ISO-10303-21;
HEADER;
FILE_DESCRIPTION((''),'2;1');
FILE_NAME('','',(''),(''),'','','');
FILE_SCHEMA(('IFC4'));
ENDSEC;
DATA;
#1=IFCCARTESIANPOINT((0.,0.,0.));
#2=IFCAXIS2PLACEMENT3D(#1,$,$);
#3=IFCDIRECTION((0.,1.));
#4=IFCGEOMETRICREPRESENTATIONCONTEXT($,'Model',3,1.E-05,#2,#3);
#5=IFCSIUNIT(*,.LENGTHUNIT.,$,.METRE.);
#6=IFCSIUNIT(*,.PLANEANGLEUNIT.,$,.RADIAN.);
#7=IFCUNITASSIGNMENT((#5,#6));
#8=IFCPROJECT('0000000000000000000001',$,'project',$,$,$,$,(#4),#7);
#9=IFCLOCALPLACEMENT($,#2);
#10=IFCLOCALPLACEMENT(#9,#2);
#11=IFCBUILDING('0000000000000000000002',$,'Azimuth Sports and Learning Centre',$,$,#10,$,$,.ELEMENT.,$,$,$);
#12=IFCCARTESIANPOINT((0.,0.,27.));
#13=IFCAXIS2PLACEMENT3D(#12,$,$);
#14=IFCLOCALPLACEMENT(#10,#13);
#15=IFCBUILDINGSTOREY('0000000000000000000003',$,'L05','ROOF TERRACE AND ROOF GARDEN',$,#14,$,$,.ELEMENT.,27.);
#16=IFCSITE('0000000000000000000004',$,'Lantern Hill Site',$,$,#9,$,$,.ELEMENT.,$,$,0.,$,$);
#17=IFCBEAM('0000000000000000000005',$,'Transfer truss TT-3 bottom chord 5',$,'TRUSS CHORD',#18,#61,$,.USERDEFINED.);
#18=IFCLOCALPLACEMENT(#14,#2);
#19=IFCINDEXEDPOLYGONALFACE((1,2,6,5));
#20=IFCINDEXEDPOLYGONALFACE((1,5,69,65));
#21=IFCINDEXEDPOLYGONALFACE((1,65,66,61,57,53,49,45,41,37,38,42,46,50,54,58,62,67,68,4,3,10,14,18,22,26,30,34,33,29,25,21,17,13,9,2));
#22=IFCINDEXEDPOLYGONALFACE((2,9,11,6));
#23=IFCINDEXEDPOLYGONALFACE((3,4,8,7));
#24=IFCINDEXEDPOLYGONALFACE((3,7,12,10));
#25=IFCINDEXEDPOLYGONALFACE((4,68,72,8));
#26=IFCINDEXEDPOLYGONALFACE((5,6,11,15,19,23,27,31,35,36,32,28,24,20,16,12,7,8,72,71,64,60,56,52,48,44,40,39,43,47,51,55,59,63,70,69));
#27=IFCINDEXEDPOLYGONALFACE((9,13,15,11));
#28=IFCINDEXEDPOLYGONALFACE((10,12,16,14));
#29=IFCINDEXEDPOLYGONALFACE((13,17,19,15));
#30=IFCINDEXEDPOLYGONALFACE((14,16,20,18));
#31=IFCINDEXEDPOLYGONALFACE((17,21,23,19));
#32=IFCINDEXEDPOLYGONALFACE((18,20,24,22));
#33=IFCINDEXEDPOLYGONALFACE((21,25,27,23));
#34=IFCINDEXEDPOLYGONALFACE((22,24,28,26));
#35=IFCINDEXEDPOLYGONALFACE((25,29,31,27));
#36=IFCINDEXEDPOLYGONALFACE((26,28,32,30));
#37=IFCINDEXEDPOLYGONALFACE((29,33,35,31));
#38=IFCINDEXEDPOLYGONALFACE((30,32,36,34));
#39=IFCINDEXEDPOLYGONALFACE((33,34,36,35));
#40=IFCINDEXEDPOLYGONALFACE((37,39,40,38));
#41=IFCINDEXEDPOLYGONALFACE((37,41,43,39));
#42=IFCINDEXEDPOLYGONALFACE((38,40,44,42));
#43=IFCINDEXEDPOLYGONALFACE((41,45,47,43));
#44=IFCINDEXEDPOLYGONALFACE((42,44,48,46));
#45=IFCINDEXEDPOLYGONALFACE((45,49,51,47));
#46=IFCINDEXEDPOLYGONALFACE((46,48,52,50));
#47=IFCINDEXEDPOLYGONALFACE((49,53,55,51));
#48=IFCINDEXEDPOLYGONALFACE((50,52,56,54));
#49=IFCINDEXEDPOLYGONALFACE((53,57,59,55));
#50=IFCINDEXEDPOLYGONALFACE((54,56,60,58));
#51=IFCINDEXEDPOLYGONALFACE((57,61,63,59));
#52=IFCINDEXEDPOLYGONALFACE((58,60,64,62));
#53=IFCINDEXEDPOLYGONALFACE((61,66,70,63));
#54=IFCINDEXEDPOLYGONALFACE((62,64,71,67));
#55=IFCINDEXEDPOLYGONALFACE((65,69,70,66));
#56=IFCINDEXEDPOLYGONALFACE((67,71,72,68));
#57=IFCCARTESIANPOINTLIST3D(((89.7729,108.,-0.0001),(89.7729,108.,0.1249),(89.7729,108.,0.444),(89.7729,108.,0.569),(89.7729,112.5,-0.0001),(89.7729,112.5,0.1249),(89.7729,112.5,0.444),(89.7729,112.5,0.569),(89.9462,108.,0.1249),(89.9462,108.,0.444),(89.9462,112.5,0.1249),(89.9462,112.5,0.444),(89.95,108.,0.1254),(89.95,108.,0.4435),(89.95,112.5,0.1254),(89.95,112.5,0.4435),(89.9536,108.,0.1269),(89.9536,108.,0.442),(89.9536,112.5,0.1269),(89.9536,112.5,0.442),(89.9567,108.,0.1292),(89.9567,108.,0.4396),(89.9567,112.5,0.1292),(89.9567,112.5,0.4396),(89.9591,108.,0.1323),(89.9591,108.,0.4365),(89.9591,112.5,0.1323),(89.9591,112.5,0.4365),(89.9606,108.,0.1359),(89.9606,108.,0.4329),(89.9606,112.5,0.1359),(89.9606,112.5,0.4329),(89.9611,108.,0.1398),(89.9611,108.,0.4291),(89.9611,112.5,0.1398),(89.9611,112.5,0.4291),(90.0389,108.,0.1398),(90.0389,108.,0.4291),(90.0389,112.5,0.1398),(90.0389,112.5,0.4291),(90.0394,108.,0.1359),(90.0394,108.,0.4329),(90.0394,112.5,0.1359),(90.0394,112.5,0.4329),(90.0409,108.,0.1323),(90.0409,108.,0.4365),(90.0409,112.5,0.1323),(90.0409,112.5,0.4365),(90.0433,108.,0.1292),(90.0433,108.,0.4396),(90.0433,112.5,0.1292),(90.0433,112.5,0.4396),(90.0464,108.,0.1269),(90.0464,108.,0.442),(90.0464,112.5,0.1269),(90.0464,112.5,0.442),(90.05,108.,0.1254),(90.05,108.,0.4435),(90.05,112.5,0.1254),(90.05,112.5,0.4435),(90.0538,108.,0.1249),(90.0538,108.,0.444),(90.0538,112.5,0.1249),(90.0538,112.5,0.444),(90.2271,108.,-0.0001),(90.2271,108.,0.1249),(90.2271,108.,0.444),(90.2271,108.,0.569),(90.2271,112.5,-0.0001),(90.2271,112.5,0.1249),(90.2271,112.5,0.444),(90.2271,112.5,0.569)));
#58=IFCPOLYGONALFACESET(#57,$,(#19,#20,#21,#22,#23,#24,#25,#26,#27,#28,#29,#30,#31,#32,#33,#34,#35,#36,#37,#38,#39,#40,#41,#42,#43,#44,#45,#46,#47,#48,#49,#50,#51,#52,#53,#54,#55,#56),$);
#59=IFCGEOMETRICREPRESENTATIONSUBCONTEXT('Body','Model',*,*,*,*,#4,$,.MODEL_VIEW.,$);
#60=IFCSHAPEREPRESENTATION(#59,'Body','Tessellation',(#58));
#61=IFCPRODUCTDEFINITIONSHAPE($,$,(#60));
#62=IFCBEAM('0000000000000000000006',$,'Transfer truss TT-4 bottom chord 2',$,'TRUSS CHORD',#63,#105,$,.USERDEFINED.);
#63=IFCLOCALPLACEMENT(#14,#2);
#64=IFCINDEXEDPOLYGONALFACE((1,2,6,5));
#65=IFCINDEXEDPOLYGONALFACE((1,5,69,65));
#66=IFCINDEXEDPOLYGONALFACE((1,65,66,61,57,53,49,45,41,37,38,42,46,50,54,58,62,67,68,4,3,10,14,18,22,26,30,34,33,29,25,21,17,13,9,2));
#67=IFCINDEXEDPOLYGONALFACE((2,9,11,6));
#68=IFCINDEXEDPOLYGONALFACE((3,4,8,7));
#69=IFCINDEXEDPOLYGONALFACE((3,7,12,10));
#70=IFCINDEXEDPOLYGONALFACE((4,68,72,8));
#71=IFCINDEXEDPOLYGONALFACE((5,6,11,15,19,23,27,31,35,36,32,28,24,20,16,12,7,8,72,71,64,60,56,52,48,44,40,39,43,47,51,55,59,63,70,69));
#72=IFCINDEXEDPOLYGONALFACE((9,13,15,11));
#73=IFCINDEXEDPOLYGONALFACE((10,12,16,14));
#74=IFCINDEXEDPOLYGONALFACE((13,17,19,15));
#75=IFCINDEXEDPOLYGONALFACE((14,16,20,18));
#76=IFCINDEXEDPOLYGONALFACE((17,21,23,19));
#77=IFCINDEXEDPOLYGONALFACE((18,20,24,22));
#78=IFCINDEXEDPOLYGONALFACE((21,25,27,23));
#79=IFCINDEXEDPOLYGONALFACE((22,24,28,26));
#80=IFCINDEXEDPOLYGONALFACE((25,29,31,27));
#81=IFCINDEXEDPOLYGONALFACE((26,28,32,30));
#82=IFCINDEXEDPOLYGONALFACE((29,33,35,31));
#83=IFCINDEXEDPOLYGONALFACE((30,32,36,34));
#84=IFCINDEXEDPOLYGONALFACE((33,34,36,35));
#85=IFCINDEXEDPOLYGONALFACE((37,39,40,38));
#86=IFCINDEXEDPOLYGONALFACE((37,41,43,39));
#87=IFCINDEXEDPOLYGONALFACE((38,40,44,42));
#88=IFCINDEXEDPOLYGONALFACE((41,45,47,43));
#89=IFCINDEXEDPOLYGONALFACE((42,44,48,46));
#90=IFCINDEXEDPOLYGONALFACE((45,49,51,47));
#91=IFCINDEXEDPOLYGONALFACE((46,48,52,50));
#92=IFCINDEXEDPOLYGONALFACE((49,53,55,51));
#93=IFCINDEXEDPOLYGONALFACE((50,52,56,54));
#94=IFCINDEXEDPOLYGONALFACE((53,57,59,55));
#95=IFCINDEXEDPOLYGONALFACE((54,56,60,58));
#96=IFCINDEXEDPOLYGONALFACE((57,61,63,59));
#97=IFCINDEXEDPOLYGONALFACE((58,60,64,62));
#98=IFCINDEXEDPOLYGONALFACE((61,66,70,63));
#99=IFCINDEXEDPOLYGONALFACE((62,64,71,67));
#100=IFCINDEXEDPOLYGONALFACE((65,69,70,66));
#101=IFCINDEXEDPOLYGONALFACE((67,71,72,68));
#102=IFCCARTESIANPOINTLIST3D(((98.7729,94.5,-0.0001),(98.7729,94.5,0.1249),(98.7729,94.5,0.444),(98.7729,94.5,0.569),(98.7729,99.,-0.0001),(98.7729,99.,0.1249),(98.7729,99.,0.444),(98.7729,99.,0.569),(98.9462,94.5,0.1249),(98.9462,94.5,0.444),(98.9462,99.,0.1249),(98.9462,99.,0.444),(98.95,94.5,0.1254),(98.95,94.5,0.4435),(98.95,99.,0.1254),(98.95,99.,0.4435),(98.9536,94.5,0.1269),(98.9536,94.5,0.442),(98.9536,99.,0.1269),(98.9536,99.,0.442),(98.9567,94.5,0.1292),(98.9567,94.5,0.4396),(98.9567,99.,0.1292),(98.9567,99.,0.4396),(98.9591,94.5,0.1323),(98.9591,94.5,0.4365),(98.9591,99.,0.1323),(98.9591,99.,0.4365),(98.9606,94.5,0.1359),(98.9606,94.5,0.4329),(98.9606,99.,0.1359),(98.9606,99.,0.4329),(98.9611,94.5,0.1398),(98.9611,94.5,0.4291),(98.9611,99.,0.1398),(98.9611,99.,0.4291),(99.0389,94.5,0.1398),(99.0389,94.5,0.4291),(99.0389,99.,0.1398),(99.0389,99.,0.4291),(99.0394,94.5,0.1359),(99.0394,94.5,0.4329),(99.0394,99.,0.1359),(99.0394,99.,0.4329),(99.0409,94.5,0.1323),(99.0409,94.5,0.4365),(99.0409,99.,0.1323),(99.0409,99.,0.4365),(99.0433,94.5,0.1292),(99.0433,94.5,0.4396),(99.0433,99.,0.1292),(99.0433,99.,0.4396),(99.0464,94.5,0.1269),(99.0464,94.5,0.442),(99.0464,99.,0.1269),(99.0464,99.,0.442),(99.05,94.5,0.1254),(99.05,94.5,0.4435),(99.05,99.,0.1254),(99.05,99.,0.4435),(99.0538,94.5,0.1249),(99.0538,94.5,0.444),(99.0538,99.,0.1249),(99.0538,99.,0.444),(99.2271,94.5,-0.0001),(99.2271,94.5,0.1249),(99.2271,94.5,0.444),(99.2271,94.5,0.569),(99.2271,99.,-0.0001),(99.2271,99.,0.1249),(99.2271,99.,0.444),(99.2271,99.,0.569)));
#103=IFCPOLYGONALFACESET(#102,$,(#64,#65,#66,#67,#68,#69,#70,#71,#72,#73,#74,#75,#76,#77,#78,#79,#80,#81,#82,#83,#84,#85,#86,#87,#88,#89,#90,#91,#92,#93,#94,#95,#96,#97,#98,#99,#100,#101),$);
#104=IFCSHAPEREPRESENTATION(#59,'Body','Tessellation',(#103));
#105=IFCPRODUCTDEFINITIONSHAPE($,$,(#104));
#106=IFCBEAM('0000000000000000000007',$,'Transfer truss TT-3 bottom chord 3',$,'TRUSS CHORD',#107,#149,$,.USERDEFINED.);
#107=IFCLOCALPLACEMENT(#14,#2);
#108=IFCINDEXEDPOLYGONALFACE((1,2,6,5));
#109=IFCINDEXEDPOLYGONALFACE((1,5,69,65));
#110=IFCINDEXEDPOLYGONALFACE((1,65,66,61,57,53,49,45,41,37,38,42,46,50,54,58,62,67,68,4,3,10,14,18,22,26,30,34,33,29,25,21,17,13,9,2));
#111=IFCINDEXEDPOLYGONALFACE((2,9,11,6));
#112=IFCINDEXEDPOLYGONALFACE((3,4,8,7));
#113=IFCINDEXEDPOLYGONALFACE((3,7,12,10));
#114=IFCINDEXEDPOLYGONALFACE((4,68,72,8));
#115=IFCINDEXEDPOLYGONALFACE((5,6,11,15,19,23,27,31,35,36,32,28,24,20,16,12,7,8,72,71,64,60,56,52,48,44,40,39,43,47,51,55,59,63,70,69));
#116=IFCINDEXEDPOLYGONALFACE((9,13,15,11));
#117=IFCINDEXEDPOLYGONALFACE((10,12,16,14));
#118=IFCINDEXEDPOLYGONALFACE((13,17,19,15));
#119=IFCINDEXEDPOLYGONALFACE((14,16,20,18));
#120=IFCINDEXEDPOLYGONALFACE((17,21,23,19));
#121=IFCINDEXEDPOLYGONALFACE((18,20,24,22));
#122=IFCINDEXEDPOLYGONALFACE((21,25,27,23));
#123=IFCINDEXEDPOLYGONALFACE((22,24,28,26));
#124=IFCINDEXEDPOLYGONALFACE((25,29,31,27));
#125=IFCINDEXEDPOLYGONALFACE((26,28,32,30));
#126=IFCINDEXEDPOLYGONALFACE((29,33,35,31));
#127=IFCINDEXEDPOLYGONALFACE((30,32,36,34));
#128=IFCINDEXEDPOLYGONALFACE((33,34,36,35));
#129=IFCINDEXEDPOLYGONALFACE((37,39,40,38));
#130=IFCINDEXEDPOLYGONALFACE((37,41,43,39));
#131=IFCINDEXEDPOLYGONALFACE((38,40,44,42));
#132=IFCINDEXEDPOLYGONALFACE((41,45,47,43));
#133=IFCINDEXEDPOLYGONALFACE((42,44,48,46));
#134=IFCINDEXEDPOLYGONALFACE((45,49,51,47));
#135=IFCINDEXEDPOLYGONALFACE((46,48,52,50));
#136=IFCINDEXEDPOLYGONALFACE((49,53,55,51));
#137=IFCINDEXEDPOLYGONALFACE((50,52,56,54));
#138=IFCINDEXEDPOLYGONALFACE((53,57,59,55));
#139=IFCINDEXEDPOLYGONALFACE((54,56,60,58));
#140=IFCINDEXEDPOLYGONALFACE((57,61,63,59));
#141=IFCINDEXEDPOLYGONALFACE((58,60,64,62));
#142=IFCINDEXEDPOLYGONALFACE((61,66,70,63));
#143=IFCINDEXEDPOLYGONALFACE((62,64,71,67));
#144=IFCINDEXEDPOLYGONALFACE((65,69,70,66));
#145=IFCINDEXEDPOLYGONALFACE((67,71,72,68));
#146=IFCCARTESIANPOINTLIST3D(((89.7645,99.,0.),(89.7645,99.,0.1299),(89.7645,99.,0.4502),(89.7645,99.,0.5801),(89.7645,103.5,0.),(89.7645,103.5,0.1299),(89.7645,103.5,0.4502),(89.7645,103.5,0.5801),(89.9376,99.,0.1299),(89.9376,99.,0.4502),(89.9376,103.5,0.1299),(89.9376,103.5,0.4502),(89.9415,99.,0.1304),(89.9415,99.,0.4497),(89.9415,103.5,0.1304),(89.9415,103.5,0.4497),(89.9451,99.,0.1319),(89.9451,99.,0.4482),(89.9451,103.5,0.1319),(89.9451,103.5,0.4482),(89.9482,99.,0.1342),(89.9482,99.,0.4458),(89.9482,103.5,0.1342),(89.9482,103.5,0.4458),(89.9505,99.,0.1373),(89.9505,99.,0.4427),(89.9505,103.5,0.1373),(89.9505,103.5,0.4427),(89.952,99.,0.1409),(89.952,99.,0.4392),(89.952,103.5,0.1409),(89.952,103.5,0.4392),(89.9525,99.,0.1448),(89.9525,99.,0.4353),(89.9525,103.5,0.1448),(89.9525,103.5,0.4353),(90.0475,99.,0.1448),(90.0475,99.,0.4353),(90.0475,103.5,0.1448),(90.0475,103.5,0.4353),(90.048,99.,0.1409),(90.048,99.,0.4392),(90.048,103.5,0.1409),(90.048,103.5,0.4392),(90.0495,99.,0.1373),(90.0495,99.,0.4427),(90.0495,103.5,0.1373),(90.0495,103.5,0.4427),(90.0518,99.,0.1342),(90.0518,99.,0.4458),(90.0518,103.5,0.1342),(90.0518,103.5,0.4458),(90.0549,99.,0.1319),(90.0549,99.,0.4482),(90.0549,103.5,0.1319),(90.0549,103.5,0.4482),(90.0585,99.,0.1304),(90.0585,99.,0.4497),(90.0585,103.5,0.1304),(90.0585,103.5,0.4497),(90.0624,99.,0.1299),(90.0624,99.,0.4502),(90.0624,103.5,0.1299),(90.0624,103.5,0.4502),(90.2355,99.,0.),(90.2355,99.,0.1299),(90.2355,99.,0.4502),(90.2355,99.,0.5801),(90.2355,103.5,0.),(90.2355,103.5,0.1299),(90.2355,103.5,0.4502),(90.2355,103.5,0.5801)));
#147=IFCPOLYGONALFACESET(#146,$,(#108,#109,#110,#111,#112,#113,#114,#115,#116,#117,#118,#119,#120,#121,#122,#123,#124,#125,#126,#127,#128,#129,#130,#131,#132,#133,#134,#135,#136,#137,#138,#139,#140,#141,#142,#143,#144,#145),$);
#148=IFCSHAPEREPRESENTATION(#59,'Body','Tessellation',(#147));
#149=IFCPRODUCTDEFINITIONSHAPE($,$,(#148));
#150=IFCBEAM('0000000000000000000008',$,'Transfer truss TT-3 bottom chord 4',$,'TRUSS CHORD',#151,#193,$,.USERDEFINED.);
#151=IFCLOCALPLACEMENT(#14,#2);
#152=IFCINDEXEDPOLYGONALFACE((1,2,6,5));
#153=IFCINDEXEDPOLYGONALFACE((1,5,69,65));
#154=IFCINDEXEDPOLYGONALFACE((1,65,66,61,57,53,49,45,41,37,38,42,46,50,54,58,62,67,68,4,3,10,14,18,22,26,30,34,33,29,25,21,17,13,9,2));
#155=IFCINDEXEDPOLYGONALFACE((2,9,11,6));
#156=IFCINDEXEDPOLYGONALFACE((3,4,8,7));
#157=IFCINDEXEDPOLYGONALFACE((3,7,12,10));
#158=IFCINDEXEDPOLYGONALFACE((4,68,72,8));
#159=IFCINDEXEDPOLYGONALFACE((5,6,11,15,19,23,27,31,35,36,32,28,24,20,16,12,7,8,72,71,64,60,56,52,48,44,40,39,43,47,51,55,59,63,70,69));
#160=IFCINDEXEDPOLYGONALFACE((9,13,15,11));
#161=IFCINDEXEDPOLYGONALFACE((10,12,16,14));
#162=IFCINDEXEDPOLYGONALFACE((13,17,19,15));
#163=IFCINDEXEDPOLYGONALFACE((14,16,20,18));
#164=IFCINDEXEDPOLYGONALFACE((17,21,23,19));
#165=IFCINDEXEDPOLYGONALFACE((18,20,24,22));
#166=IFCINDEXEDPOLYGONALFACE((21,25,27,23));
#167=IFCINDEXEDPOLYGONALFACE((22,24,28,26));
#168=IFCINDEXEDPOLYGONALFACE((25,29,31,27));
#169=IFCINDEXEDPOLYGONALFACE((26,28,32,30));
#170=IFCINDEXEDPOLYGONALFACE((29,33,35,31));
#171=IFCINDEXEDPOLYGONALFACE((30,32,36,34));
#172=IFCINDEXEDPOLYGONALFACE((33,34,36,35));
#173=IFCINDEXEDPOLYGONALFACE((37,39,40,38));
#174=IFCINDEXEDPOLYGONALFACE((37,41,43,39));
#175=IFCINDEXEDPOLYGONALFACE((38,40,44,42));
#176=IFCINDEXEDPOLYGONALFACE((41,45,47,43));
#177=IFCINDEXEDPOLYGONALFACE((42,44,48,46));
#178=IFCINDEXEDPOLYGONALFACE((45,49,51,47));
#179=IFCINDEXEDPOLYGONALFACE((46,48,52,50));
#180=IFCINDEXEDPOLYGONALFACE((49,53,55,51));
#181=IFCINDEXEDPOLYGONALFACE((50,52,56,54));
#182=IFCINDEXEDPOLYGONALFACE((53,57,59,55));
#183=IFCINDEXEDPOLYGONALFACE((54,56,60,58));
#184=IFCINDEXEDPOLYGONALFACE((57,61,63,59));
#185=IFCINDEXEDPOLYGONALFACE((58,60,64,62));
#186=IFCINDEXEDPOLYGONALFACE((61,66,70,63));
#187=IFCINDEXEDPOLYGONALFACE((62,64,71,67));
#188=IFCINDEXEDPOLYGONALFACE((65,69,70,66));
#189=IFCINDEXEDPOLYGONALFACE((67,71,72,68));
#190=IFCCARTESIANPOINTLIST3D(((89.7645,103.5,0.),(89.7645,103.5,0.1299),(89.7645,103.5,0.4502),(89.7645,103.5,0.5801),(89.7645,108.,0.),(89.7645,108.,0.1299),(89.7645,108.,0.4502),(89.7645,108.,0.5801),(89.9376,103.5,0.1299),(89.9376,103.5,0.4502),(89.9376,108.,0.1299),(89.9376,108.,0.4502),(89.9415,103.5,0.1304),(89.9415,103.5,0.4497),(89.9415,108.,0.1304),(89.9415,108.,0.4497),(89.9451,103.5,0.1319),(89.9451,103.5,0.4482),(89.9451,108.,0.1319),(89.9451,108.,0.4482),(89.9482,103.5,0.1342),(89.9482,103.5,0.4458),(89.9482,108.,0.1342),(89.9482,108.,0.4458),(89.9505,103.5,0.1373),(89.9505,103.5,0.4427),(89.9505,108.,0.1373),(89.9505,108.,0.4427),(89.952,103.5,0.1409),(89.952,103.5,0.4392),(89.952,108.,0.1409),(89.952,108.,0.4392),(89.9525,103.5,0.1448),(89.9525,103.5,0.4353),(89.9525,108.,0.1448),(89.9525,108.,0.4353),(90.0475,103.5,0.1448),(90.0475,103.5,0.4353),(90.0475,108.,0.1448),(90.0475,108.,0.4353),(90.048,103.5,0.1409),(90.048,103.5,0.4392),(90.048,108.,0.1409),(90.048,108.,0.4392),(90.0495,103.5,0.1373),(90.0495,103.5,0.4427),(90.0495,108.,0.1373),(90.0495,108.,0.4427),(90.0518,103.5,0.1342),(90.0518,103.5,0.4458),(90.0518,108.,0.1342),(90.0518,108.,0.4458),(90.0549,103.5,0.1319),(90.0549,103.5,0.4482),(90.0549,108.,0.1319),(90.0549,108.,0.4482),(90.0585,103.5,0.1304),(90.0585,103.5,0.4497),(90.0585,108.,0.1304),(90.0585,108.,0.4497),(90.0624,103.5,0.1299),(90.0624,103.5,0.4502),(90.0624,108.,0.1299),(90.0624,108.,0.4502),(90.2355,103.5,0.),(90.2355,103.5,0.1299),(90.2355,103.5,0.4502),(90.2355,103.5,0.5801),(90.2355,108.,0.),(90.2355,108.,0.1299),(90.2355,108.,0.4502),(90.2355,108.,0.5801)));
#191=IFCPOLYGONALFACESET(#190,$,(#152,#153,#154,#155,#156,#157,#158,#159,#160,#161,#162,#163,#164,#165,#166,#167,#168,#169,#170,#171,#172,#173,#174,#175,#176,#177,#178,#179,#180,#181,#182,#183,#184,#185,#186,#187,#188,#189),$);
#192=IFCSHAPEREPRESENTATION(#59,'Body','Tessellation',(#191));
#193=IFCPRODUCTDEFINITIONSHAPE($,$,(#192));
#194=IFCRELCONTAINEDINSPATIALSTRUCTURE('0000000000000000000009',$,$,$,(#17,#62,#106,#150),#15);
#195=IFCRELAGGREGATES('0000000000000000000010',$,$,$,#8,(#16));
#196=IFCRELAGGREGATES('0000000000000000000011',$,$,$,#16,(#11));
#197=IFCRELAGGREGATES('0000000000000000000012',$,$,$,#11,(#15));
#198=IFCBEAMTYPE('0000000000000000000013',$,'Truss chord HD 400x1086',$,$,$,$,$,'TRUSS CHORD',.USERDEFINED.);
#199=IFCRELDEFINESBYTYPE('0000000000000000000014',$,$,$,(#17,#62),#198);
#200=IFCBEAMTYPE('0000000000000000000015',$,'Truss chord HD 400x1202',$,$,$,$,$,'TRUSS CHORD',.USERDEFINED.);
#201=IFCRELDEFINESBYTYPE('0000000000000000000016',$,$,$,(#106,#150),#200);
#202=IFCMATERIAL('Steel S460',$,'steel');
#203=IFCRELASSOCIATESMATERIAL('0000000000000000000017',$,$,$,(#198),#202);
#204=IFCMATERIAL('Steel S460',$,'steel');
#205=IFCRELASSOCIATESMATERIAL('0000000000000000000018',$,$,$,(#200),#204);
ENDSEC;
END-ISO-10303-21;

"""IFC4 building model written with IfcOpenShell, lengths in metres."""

from ifc_helpers import new_model, si_unit, direction, frame, origin, origin_2d, place, context, subcontext, project, spatial, i_section, extrude, material, material_profile, profile_set, type_object, element, save


model = new_model("IFC4")

# Units and contexts
model_context = context("Model", 3, precision=1e-05, world=origin(), true_north=direction((0.0, 1.0)))
body_context = subcontext(model_context, "Body", "Model", "MODEL_VIEW")
ifc_project = project(units=[si_unit("LENGTHUNIT", "METRE"), si_unit("PLANEANGLEUNIT", "RADIAN")], contexts=[model_context])

# Site, building, storey
site_placement = place(None, origin())
site = spatial("IfcSite", under=ifc_project, at=site_placement, Name="Lantern Hill Site", CompositionType="ELEMENT", RefElevation=0.0)
building_placement = place(site_placement, origin())
building = spatial("IfcBuilding", under=site, at=building_placement, Name="Azimuth Sports and Learning Centre", CompositionType="ELEMENT")
storey_placement = place(building_placement, frame((0.0, 0.0, 27.0)))
storey = spatial("IfcBuildingStorey", under=building, at=storey_placement, Name="L05", Description="ROOF TERRACE AND ROOF GARDEN", CompositionType="ELEMENT", Elevation=27.0)

# Beams
ifc_material_1 = material(Name="Steel S460", Category="steel")
ifc_material_profile_1 = material_profile(ifc_material_1, i_section(OverallWidth=0.4541, OverallDepth=0.5691, WebThickness=0.0779, FlangeThickness=0.125, FilletRadius=0.0149, at=origin_2d()), Name="HD 400x1086")
ifc_profile_set_1 = profile_set([ifc_material_profile_1], Name="Steel S460")
beam_type_1 = type_object("IfcBeamType", Name="Truss chord HD 400x1086", ElementType="TRUSS CHORD", PredefinedType="USERDEFINED", material=ifc_profile_set_1)
for number, where, z_axis, x_axis, name in (
    (1, (90.0, 108.0, 0.2844), (0.0, 1.0, 0.0), (-1.0, 0.0, 0.0), "Transfer truss TT-3 bottom chord 5"),
    (2, (99.0, 94.5, 0.2844), (0.0, 1.0, 0.0), (-1.0, 0.0, 0.0), "Transfer truss TT-4 bottom chord 2"),
):
    element("IfcBeam", number, at=place(storey_placement, frame(where, z_axis=z_axis, x_axis=x_axis)), inside=storey, type_object=beam_type_1, Name=name, ObjectType="TRUSS CHORD", PredefinedType="USERDEFINED", context=body_context, shape_type="SweptSolid", body=[
        extrude(i_section(OverallWidth=0.4541, OverallDepth=0.5691, WebThickness=0.0779, FlangeThickness=0.125, FilletRadius=0.0149, at=origin_2d()), origin(), (0.0, 0.0, 1.0), 4.5),
    ])
ifc_material_2 = material(Name="Steel S460", Category="steel")
ifc_material_profile_2 = material_profile(ifc_material_2, i_section(OverallWidth=0.4709, OverallDepth=0.5801, WebThickness=0.095, FlangeThickness=0.1299, FilletRadius=0.0149, at=origin_2d()), Name="HD 400x1202")
ifc_profile_set_2 = profile_set([ifc_material_profile_2], Name="Steel S460")
beam_type_2 = type_object("IfcBeamType", Name="Truss chord HD 400x1202", ElementType="TRUSS CHORD", PredefinedType="USERDEFINED", material=ifc_profile_set_2)
for number, where, z_axis, x_axis, name in (
    (3, (90.0, 99.0, 0.29), (0.0, 1.0, 0.0), (-1.0, 0.0, 0.0), "Transfer truss TT-3 bottom chord 3"),
    (4, (90.0, 103.5, 0.29), (0.0, 1.0, 0.0), (-1.0, 0.0, 0.0), "Transfer truss TT-3 bottom chord 4"),
):
    element("IfcBeam", number, at=place(storey_placement, frame(where, z_axis=z_axis, x_axis=x_axis)), inside=storey, type_object=beam_type_2, Name=name, ObjectType="TRUSS CHORD", PredefinedType="USERDEFINED", context=body_context, shape_type="SweptSolid", body=[
        extrude(i_section(OverallWidth=0.4709, OverallDepth=0.5801, WebThickness=0.095, FlangeThickness=0.1299, FilletRadius=0.0149, at=origin_2d()), origin(), (0.0, 0.0, 1.0), 4.5),
    ])

save(model, "model.ifc")
